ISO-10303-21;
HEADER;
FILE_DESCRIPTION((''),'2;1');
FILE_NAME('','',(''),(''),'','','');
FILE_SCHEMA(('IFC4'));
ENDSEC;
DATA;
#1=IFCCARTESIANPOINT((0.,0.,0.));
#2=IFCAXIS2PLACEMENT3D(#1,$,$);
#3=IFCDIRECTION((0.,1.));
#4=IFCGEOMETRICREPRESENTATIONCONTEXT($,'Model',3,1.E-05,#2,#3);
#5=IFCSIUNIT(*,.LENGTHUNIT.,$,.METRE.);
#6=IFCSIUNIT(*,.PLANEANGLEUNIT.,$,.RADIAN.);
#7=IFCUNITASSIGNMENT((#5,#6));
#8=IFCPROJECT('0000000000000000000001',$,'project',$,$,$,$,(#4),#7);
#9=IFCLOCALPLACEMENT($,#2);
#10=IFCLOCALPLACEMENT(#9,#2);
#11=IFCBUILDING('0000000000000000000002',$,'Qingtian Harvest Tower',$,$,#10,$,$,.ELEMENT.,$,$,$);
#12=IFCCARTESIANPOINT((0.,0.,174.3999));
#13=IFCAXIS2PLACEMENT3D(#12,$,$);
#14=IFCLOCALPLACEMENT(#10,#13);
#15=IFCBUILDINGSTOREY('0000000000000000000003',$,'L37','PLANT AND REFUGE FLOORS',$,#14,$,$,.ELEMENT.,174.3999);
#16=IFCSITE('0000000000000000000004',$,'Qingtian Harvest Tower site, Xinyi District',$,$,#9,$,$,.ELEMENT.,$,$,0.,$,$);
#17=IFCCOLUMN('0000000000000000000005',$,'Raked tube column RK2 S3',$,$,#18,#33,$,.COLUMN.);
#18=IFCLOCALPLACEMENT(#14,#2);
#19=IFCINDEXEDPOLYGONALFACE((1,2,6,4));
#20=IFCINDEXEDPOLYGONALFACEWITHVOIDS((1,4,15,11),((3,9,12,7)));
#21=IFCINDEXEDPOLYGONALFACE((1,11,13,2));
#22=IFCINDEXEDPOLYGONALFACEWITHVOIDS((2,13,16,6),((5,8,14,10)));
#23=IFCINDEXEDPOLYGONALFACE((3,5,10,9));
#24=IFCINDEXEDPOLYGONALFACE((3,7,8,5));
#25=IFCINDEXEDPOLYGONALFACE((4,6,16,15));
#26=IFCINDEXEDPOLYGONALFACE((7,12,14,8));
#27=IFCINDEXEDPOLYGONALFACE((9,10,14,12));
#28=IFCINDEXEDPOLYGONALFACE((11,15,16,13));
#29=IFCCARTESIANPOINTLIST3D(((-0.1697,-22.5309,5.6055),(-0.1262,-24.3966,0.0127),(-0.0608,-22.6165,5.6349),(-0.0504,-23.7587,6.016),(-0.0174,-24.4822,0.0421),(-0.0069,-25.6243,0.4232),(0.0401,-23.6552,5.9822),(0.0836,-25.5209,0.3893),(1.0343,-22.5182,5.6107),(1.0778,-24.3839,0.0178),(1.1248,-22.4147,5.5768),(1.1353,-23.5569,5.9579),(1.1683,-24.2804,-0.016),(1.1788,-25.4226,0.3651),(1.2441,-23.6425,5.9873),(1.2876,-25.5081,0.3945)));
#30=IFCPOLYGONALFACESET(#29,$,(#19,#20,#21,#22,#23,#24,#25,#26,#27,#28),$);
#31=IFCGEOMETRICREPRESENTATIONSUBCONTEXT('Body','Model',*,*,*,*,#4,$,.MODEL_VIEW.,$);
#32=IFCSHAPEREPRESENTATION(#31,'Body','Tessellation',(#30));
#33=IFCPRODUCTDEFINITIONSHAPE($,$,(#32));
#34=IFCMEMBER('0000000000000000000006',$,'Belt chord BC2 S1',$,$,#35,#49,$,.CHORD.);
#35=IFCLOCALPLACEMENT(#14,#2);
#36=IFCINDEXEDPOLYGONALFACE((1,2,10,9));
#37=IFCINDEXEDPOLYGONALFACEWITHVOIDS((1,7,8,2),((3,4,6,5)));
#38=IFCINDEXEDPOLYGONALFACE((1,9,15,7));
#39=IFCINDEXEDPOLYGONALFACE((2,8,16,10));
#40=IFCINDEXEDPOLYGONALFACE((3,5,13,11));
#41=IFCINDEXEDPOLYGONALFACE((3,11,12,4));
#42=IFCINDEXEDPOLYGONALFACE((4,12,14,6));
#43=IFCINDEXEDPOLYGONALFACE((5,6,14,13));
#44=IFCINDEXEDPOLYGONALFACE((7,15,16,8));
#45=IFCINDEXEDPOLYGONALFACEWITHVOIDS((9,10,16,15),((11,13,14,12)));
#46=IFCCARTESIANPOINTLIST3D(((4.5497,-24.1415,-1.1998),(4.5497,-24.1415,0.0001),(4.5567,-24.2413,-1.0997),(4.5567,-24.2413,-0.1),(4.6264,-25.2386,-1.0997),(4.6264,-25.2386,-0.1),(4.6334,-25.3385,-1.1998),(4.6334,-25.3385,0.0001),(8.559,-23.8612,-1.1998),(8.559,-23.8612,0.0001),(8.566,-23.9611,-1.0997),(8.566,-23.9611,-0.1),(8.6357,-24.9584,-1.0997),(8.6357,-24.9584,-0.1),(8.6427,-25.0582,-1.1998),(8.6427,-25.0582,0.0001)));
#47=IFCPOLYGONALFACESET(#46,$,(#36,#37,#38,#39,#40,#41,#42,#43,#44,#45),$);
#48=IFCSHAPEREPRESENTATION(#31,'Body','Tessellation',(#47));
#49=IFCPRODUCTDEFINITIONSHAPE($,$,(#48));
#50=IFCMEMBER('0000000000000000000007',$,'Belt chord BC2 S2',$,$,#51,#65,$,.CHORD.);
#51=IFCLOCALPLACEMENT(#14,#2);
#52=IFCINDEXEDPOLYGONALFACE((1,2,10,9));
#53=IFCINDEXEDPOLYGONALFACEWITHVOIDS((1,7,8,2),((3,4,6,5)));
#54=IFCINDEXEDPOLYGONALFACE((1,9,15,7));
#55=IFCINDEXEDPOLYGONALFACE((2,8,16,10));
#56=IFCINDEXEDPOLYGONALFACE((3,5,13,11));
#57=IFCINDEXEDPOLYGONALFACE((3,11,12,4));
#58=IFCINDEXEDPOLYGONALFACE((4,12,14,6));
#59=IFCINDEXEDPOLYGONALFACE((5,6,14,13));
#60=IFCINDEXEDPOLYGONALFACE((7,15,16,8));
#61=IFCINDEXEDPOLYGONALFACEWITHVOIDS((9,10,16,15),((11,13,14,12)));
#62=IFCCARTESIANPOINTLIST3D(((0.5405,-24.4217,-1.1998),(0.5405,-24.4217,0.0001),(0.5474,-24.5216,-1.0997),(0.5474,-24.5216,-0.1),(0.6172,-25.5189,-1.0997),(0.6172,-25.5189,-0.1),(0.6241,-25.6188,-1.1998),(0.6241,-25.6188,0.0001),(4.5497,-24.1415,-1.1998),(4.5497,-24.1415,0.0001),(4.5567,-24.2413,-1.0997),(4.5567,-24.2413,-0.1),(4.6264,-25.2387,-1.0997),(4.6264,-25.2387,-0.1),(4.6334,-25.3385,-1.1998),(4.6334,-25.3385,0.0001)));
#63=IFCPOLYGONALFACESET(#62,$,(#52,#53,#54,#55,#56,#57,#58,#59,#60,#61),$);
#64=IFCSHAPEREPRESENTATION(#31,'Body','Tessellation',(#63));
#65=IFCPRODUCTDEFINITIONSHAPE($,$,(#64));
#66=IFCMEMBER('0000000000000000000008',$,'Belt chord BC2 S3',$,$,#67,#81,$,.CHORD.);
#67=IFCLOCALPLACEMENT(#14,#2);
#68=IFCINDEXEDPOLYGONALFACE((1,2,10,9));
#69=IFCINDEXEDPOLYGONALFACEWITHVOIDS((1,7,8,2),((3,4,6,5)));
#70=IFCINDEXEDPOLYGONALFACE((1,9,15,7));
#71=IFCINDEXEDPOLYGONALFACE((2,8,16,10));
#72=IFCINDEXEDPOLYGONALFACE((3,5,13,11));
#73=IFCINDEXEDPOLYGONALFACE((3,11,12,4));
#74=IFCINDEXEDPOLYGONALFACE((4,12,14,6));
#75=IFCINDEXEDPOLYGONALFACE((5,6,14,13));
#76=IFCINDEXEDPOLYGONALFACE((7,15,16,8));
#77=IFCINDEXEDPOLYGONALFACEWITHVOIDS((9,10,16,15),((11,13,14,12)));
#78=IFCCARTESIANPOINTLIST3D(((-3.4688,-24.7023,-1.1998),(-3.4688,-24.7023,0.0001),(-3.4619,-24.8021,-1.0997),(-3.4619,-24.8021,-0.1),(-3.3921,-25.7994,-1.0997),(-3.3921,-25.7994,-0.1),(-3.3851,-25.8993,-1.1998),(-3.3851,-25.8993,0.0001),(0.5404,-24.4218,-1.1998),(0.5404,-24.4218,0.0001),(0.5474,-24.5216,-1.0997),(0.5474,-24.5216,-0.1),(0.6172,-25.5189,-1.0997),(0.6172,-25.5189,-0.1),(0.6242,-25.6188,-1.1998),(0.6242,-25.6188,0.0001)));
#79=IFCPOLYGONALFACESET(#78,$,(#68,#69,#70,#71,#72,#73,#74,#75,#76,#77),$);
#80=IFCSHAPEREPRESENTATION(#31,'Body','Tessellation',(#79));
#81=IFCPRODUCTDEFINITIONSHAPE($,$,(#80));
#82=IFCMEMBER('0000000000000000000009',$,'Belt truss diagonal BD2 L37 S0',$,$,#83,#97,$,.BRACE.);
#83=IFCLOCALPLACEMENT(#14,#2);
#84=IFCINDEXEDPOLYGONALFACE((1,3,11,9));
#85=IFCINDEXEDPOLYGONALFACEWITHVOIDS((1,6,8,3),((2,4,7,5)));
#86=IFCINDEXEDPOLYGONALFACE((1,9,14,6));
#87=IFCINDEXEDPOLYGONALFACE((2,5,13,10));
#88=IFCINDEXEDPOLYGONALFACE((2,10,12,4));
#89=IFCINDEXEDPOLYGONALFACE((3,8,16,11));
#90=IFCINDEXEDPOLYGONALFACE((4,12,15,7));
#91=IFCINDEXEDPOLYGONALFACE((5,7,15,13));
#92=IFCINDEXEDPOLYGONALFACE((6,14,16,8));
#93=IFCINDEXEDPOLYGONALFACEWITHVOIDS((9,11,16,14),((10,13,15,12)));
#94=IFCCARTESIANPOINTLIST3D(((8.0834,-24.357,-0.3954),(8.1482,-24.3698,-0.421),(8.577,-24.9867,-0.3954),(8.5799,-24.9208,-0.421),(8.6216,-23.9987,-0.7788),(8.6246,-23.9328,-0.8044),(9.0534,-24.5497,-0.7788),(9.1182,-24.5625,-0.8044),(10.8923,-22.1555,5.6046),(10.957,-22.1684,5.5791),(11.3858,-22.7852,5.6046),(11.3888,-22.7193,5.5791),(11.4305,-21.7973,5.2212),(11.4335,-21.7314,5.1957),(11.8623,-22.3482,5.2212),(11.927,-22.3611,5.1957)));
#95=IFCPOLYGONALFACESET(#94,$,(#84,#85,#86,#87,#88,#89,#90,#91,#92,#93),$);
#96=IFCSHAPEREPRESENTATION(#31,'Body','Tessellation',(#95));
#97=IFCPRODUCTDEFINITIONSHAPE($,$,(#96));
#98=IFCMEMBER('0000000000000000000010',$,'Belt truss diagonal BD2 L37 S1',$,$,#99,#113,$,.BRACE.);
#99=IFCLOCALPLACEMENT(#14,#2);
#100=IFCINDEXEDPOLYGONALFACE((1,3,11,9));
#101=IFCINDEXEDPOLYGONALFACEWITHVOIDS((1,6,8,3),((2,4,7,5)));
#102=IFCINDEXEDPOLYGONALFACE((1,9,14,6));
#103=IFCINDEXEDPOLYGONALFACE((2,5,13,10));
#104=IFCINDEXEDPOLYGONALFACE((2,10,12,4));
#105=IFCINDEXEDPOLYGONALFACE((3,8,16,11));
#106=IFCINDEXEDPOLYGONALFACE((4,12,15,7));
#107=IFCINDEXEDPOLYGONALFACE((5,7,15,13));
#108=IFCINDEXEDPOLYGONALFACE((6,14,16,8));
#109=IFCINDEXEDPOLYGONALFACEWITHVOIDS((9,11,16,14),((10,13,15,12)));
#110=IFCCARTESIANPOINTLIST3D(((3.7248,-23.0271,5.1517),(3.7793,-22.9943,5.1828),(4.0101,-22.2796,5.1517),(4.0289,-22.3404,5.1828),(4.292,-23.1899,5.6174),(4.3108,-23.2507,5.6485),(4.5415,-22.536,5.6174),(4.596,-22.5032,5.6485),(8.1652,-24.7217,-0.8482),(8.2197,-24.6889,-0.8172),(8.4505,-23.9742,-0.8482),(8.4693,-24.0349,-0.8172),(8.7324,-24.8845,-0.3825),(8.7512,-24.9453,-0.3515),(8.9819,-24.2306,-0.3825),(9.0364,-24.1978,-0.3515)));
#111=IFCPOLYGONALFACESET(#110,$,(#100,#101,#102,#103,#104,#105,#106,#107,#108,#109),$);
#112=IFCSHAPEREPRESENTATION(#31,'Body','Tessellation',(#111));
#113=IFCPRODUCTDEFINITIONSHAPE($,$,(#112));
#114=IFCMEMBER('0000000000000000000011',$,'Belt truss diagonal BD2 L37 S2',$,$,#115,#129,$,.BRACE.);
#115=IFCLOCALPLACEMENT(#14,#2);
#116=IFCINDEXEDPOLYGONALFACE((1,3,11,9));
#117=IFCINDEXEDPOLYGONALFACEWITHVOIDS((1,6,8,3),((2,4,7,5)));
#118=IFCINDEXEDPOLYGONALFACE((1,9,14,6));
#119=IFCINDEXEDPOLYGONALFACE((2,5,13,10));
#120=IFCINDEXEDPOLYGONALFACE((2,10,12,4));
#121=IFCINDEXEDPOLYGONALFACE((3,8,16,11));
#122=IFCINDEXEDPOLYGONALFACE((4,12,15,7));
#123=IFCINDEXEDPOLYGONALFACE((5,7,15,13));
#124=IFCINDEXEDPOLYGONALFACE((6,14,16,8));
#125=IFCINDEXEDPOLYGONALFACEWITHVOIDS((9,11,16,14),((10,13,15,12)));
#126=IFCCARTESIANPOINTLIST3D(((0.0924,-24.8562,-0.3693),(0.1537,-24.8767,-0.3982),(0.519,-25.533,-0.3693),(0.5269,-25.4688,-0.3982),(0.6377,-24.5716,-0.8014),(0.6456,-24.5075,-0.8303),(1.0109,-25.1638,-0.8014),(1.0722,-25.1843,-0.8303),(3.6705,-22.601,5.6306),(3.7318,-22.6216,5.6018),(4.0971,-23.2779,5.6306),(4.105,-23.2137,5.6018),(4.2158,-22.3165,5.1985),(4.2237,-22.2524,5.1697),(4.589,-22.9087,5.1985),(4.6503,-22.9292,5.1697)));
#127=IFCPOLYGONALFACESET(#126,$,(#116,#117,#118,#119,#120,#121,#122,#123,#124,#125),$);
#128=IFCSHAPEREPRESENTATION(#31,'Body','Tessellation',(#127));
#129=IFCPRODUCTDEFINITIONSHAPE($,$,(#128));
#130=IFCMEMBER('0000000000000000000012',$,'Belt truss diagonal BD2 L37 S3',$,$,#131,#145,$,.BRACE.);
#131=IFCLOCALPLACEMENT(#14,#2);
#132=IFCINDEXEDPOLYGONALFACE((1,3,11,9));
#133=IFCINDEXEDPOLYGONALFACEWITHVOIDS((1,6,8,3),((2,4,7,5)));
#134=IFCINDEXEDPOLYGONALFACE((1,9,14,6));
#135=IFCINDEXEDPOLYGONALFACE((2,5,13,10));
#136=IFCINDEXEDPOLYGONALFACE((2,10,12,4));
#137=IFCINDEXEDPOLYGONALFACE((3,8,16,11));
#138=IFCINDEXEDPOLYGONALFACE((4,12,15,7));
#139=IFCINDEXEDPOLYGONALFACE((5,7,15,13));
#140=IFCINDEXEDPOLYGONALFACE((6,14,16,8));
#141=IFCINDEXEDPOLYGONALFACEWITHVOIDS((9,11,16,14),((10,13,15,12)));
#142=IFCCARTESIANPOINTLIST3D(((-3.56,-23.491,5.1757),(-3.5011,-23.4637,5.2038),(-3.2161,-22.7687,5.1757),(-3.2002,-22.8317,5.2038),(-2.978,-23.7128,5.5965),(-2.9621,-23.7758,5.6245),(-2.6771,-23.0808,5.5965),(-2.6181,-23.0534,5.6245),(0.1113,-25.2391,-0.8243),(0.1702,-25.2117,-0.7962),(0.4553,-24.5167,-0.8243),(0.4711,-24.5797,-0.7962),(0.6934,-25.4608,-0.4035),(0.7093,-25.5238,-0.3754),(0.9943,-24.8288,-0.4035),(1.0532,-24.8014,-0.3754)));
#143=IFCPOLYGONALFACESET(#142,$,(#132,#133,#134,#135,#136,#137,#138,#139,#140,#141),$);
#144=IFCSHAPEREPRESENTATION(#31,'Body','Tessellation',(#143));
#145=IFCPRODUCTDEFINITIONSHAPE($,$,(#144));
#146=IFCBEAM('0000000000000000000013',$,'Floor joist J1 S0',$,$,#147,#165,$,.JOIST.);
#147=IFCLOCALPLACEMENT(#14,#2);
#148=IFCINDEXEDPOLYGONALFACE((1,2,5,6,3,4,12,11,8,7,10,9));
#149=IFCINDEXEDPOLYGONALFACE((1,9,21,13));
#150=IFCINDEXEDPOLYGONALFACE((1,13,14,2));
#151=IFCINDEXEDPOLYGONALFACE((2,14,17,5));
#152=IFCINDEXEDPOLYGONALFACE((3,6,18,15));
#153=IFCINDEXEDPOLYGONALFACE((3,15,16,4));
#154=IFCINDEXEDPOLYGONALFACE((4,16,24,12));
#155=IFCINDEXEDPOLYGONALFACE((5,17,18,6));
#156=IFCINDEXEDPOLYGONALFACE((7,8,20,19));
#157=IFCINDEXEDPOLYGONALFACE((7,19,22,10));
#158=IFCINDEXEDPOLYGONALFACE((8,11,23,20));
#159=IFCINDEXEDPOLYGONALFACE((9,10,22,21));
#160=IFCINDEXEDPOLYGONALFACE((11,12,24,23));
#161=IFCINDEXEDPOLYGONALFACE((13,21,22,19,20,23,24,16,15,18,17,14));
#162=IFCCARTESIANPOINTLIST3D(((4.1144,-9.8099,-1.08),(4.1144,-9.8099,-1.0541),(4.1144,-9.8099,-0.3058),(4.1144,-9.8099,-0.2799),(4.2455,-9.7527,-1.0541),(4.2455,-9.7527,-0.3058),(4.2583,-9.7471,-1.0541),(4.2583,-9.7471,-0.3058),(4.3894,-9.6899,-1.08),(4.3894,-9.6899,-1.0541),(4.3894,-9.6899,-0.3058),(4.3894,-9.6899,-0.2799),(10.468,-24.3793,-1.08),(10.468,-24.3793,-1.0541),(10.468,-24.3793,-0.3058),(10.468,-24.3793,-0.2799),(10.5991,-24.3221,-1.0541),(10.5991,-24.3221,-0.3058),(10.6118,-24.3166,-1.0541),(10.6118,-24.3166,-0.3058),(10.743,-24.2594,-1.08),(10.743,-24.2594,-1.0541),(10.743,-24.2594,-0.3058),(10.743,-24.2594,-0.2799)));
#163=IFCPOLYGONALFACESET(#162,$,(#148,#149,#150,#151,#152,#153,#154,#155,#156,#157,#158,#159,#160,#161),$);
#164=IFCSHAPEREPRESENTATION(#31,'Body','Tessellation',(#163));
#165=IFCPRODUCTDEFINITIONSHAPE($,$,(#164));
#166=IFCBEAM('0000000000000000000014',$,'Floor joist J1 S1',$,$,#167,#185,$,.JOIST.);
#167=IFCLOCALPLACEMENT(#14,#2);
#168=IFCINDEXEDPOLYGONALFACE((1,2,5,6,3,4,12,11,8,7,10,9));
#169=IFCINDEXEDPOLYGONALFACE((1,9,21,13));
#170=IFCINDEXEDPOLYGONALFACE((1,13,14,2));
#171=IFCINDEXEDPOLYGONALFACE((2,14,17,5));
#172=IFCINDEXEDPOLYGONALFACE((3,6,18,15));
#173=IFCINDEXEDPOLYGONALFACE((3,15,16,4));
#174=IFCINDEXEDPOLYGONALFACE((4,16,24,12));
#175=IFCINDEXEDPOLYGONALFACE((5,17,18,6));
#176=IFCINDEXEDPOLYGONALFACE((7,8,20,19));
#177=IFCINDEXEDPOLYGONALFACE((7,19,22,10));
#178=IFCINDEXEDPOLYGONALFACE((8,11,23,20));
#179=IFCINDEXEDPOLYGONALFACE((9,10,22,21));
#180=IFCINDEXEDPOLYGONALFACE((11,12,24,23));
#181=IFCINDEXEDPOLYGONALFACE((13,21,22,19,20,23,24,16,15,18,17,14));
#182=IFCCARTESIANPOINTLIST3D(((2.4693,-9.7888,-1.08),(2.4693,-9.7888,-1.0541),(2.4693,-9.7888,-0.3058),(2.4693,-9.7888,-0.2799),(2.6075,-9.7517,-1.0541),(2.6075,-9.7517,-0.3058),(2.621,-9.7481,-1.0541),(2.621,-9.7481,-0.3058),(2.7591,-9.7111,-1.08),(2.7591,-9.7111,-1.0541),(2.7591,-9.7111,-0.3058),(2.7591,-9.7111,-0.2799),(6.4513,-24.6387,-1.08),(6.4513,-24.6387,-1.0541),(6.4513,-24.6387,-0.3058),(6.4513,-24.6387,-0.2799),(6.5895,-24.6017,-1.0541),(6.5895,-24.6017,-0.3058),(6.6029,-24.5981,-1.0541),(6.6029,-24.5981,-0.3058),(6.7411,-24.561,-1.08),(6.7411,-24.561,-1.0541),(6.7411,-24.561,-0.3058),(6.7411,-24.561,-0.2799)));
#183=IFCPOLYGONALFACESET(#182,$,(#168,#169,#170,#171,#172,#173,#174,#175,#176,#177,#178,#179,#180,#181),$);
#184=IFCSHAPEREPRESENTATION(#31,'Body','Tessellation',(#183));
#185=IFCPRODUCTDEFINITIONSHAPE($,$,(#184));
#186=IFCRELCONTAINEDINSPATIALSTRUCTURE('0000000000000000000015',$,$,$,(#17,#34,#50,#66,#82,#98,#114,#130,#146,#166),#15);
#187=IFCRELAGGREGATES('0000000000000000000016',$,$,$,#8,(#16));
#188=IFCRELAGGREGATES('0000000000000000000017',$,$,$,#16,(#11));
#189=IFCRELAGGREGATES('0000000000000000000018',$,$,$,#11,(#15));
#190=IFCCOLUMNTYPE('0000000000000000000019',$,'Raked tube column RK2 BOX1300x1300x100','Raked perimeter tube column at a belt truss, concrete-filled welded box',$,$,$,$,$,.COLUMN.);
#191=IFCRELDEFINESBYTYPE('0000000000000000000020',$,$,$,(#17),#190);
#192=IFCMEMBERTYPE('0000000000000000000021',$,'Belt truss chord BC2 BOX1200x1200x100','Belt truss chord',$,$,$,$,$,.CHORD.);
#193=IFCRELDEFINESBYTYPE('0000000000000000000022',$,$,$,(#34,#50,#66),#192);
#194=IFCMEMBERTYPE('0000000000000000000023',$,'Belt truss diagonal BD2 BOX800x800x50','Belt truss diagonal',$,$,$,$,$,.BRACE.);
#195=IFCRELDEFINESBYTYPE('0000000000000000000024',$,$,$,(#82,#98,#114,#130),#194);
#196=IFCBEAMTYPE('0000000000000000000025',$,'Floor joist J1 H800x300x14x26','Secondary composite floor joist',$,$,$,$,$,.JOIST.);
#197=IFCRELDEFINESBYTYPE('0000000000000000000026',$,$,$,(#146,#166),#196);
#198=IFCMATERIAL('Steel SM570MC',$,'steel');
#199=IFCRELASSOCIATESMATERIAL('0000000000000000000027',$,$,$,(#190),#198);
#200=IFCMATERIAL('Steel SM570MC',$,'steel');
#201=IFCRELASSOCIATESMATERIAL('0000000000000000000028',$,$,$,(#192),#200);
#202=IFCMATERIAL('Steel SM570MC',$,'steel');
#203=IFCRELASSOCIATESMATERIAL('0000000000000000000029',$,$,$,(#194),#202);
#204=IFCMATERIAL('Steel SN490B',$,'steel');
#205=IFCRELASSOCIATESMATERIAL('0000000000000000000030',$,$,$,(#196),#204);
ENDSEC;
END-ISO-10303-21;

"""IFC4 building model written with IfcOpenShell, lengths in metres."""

from ifc_helpers import new_model, si_unit, direction, frame, origin, origin_2d, place, context, subcontext, project, spatial, hollow_rectangle, i_section, extrude, clip, halfspace, material, material_profile, profile_set, type_object, element, save


model = new_model("IFC4")

# Units and contexts
model_context = context("Model", 3, precision=1e-05, world=origin(), true_north=direction((0.0, 1.0)))
body_context = subcontext(model_context, "Body", "Model", "MODEL_VIEW")
ifc_project = project(units=[si_unit("LENGTHUNIT", "METRE"), si_unit("PLANEANGLEUNIT", "RADIAN")], contexts=[model_context])

# Site, building, storey
site_placement = place(None, origin())
site = spatial("IfcSite", under=ifc_project, at=site_placement, Name="Qingtian Harvest Tower site, Xinyi District", CompositionType="ELEMENT", RefElevation=0.0)
building_placement = place(site_placement, origin())
building = spatial("IfcBuilding", under=site, at=building_placement, Name="Qingtian Harvest Tower", CompositionType="ELEMENT")
storey_placement = place(building_placement, frame((0.0, 0.0, 174.3999)))
storey = spatial("IfcBuildingStorey", under=building, at=storey_placement, Name="L37", Description="PLANT AND REFUGE FLOORS", CompositionType="ELEMENT", Elevation=174.3999)

# Column
ifc_material_1 = material(Name="Steel SM570MC", Category="steel")
ifc_material_profile_1 = material_profile(ifc_material_1, hollow_rectangle(XDim=1.3, YDim=1.3, WallThickness=0.1001, at=origin_2d()), Name="BOX1300x1300x100")
ifc_profile_set_1 = profile_set([ifc_material_profile_1], Name="Steel SM570MC")
column_type = type_object("IfcColumnType", Name="Raked tube column RK2 BOX1300x1300x100", Description="Raked perimeter tube column at a belt truss, concrete-filled welded box", PredefinedType="COLUMN", material=ifc_profile_set_1)
column_1_placement = place(storey_placement, frame((0.5823, -25.0203, 0.0), z_axis=(-0.007372, 0.316428, 0.948588), x_axis=(-0.995752, -0.089388, 0.022079)))
element("IfcColumn", 1, at=column_1_placement, inside=storey, type_object=column_type, Name="Raked tube column RK2 S3", PredefinedType="COLUMN", context=body_context, shape_type="Clipping", body=[
    clip(clip(extrude(hollow_rectangle(XDim=1.3, YDim=1.3, WallThickness=0.1001, at=origin_2d()), origin(), (0.0, 0.0, 1.0), 6.3252), halfspace(frame((0.0, 0.0, 0.2146), z_axis=(0.0, 0.0, -1.0), x_axis=(0.0, -1.0, 0.0)), False)), halfspace(frame((0.0, 0.0, 6.1106), z_axis=(0.0, 0.0, 1.0), x_axis=(0.0, 1.0, 0.0)), False)),
])

# Members
ifc_material_2 = material(Name="Steel SM570MC", Category="steel")
ifc_material_profile_2 = material_profile(ifc_material_2, hollow_rectangle(XDim=1.2, YDim=1.2, WallThickness=0.1001, at=origin_2d()), Name="BOX1200x1200x100")
ifc_profile_set_2 = profile_set([ifc_material_profile_2], Name="Steel SM570MC")
member_type_1 = type_object("IfcMemberType", Name="Belt truss chord BC2 BOX1200x1200x100", Description="Belt truss chord", PredefinedType="CHORD", material=ifc_profile_set_2)
for number, where, z_axis, x_axis, name in (
    (2, (8.6008, -24.4597, -0.5999), (-0.997565, -0.069736, 0.0), (0.069736, -0.997565, 0.0), "Belt chord BC2 S1"),
    (3, (4.5916, -24.74, -0.5999), (-0.997565, -0.069736, 0.0), (0.069736, -0.997565, 0.0), "Belt chord BC2 S2"),
    (4, (0.5823, -25.0203, -0.5999), (-0.997561, -0.069796, 0.0), (0.069796, -0.997561, 0.0), "Belt chord BC2 S3"),
):
    element("IfcMember", number, at=place(storey_placement, frame(where, z_axis=z_axis, x_axis=x_axis)), inside=storey, type_object=member_type_1, Name=name, PredefinedType="CHORD", context=body_context, shape_type="SweptSolid", body=[
        extrude(hollow_rectangle(XDim=1.2, YDim=1.2, WallThickness=0.1001, at=origin_2d()), origin(), (0.0, 0.0, 1.0), 4.019),
    ])
ifc_material_3 = material(Name="Steel SM570MC", Category="steel")
ifc_material_profile_3 = material_profile(ifc_material_3, hollow_rectangle(XDim=0.8, YDim=0.8, WallThickness=0.05, at=origin_2d()), Name="BOX800x800x50")
ifc_profile_set_3 = profile_set([ifc_material_profile_3], Name="Steel SM570MC")
member_type_2 = type_object("IfcMemberType", Name="Belt truss diagonal BD2 BOX800x800x50", Description="Belt truss diagonal", PredefinedType="BRACE", material=ifc_profile_set_3)
member_1_placement = place(storey_placement, frame((11.4097, -22.2583, 5.4001), z_axis=(-0.402349, -0.315339, -0.859463), x_axis=(0.616863, -0.78707, 0.0)))
element("IfcMember", 5, at=member_1_placement, inside=storey, type_object=member_type_2, Name="Belt truss diagonal BD2 L37 S0", PredefinedType="BRACE", context=body_context, shape_type="SweptSolid", body=[
    extrude(hollow_rectangle(XDim=0.8, YDim=0.8, WallThickness=0.05, at=origin_2d()), origin(), (0.0, 0.0, 1.0), 6.9812),
])
member_2_placement = place(storey_placement, frame((8.6008, -24.4597, -0.5999), z_axis=(-0.580119, 0.221388, 0.783868), x_axis=(-0.356544, -0.934278, 0.0)))
element("IfcMember", 6, at=member_2_placement, inside=storey, type_object=member_type_2, Name="Belt truss diagonal BD2 L37 S1", PredefinedType="BRACE", context=body_context, shape_type="SweptSolid", body=[
    extrude(hollow_rectangle(XDim=0.8, YDim=0.8, WallThickness=0.05, at=origin_2d()), origin(), (0.0, 0.0, 1.0), 7.6543),
])
member_3_placement = place(storey_placement, frame((4.1604, -22.7651, 5.4001), z_axis=(-0.487424, -0.307201, -0.81734), x_axis=(0.533191, -0.845995, 0.0)))
element("IfcMember", 7, at=member_3_placement, inside=storey, type_object=member_type_2, Name="Belt truss diagonal BD2 L37 S2", PredefinedType="BRACE", context=body_context, shape_type="SweptSolid", body=[
    extrude(hollow_rectangle(XDim=0.8, YDim=0.8, WallThickness=0.05, at=origin_2d()), origin(), (0.0, 0.0, 1.0), 7.3408),
])
member_4_placement = place(storey_placement, frame((0.5823, -25.0203, -0.5999), z_axis=(-0.506532, 0.241174, 0.827805), x_axis=(-0.429887, -0.902883, 0.0)))
element("IfcMember", 8, at=member_4_placement, inside=storey, type_object=member_type_2, Name="Belt truss diagonal BD2 L37 S3", PredefinedType="BRACE", context=body_context, shape_type="SweptSolid", body=[
    extrude(hollow_rectangle(XDim=0.8, YDim=0.8, WallThickness=0.05, at=origin_2d()), origin(), (0.0, 0.0, 1.0), 7.248),
])

# Beams
ifc_material_4 = material(Name="Steel SN490B", Category="steel")
ifc_material_profile_4 = material_profile(ifc_material_4, i_section(OverallWidth=0.3, OverallDepth=0.8, WebThickness=0.0139, FlangeThickness=0.0259, at=origin_2d()), Name="H800x300x14x26")
ifc_profile_set_4 = profile_set([ifc_material_profile_4], Name="Steel SN490B")
beam_type_1 = type_object("IfcBeamType", Name="Floor joist J1 H800x300x14x26", Description="Secondary composite floor joist", PredefinedType="JOIST", material=ifc_profile_set_4)
beam_1_placement = place(storey_placement, frame((10.6055, -24.3193, -0.6799), z_axis=(-0.399732, 0.916632, 0.0), x_axis=(-0.916632, -0.399732, 0.0)))
element("IfcBeam", 9, at=beam_1_placement, inside=storey, type_object=beam_type_1, Name="Floor joist J1 S0", PredefinedType="JOIST", context=body_context, shape_type="SweptSolid", body=[
    extrude(i_section(OverallWidth=0.3, OverallDepth=0.8, WebThickness=0.0139, FlangeThickness=0.0259, at=origin_2d()), origin(), (0.0, 0.0, 1.0), 15.8945),
])
beam_2_placement = place(storey_placement, frame((6.5962, -24.5999, -0.6799), z_axis=(-0.258997, 0.965878, 0.0), x_axis=(-0.965878, -0.258997, 0.0)))
element("IfcBeam", 10, at=beam_2_placement, inside=storey, type_object=beam_type_1, Name="Floor joist J1 S1", PredefinedType="JOIST", context=body_context, shape_type="SweptSolid", body=[
    extrude(i_section(OverallWidth=0.3, OverallDepth=0.8, WebThickness=0.0139, FlangeThickness=0.0259, at=origin_2d()), origin(), (0.0, 0.0, 1.0), 15.3745),
])

save(model, "model.ifc")
